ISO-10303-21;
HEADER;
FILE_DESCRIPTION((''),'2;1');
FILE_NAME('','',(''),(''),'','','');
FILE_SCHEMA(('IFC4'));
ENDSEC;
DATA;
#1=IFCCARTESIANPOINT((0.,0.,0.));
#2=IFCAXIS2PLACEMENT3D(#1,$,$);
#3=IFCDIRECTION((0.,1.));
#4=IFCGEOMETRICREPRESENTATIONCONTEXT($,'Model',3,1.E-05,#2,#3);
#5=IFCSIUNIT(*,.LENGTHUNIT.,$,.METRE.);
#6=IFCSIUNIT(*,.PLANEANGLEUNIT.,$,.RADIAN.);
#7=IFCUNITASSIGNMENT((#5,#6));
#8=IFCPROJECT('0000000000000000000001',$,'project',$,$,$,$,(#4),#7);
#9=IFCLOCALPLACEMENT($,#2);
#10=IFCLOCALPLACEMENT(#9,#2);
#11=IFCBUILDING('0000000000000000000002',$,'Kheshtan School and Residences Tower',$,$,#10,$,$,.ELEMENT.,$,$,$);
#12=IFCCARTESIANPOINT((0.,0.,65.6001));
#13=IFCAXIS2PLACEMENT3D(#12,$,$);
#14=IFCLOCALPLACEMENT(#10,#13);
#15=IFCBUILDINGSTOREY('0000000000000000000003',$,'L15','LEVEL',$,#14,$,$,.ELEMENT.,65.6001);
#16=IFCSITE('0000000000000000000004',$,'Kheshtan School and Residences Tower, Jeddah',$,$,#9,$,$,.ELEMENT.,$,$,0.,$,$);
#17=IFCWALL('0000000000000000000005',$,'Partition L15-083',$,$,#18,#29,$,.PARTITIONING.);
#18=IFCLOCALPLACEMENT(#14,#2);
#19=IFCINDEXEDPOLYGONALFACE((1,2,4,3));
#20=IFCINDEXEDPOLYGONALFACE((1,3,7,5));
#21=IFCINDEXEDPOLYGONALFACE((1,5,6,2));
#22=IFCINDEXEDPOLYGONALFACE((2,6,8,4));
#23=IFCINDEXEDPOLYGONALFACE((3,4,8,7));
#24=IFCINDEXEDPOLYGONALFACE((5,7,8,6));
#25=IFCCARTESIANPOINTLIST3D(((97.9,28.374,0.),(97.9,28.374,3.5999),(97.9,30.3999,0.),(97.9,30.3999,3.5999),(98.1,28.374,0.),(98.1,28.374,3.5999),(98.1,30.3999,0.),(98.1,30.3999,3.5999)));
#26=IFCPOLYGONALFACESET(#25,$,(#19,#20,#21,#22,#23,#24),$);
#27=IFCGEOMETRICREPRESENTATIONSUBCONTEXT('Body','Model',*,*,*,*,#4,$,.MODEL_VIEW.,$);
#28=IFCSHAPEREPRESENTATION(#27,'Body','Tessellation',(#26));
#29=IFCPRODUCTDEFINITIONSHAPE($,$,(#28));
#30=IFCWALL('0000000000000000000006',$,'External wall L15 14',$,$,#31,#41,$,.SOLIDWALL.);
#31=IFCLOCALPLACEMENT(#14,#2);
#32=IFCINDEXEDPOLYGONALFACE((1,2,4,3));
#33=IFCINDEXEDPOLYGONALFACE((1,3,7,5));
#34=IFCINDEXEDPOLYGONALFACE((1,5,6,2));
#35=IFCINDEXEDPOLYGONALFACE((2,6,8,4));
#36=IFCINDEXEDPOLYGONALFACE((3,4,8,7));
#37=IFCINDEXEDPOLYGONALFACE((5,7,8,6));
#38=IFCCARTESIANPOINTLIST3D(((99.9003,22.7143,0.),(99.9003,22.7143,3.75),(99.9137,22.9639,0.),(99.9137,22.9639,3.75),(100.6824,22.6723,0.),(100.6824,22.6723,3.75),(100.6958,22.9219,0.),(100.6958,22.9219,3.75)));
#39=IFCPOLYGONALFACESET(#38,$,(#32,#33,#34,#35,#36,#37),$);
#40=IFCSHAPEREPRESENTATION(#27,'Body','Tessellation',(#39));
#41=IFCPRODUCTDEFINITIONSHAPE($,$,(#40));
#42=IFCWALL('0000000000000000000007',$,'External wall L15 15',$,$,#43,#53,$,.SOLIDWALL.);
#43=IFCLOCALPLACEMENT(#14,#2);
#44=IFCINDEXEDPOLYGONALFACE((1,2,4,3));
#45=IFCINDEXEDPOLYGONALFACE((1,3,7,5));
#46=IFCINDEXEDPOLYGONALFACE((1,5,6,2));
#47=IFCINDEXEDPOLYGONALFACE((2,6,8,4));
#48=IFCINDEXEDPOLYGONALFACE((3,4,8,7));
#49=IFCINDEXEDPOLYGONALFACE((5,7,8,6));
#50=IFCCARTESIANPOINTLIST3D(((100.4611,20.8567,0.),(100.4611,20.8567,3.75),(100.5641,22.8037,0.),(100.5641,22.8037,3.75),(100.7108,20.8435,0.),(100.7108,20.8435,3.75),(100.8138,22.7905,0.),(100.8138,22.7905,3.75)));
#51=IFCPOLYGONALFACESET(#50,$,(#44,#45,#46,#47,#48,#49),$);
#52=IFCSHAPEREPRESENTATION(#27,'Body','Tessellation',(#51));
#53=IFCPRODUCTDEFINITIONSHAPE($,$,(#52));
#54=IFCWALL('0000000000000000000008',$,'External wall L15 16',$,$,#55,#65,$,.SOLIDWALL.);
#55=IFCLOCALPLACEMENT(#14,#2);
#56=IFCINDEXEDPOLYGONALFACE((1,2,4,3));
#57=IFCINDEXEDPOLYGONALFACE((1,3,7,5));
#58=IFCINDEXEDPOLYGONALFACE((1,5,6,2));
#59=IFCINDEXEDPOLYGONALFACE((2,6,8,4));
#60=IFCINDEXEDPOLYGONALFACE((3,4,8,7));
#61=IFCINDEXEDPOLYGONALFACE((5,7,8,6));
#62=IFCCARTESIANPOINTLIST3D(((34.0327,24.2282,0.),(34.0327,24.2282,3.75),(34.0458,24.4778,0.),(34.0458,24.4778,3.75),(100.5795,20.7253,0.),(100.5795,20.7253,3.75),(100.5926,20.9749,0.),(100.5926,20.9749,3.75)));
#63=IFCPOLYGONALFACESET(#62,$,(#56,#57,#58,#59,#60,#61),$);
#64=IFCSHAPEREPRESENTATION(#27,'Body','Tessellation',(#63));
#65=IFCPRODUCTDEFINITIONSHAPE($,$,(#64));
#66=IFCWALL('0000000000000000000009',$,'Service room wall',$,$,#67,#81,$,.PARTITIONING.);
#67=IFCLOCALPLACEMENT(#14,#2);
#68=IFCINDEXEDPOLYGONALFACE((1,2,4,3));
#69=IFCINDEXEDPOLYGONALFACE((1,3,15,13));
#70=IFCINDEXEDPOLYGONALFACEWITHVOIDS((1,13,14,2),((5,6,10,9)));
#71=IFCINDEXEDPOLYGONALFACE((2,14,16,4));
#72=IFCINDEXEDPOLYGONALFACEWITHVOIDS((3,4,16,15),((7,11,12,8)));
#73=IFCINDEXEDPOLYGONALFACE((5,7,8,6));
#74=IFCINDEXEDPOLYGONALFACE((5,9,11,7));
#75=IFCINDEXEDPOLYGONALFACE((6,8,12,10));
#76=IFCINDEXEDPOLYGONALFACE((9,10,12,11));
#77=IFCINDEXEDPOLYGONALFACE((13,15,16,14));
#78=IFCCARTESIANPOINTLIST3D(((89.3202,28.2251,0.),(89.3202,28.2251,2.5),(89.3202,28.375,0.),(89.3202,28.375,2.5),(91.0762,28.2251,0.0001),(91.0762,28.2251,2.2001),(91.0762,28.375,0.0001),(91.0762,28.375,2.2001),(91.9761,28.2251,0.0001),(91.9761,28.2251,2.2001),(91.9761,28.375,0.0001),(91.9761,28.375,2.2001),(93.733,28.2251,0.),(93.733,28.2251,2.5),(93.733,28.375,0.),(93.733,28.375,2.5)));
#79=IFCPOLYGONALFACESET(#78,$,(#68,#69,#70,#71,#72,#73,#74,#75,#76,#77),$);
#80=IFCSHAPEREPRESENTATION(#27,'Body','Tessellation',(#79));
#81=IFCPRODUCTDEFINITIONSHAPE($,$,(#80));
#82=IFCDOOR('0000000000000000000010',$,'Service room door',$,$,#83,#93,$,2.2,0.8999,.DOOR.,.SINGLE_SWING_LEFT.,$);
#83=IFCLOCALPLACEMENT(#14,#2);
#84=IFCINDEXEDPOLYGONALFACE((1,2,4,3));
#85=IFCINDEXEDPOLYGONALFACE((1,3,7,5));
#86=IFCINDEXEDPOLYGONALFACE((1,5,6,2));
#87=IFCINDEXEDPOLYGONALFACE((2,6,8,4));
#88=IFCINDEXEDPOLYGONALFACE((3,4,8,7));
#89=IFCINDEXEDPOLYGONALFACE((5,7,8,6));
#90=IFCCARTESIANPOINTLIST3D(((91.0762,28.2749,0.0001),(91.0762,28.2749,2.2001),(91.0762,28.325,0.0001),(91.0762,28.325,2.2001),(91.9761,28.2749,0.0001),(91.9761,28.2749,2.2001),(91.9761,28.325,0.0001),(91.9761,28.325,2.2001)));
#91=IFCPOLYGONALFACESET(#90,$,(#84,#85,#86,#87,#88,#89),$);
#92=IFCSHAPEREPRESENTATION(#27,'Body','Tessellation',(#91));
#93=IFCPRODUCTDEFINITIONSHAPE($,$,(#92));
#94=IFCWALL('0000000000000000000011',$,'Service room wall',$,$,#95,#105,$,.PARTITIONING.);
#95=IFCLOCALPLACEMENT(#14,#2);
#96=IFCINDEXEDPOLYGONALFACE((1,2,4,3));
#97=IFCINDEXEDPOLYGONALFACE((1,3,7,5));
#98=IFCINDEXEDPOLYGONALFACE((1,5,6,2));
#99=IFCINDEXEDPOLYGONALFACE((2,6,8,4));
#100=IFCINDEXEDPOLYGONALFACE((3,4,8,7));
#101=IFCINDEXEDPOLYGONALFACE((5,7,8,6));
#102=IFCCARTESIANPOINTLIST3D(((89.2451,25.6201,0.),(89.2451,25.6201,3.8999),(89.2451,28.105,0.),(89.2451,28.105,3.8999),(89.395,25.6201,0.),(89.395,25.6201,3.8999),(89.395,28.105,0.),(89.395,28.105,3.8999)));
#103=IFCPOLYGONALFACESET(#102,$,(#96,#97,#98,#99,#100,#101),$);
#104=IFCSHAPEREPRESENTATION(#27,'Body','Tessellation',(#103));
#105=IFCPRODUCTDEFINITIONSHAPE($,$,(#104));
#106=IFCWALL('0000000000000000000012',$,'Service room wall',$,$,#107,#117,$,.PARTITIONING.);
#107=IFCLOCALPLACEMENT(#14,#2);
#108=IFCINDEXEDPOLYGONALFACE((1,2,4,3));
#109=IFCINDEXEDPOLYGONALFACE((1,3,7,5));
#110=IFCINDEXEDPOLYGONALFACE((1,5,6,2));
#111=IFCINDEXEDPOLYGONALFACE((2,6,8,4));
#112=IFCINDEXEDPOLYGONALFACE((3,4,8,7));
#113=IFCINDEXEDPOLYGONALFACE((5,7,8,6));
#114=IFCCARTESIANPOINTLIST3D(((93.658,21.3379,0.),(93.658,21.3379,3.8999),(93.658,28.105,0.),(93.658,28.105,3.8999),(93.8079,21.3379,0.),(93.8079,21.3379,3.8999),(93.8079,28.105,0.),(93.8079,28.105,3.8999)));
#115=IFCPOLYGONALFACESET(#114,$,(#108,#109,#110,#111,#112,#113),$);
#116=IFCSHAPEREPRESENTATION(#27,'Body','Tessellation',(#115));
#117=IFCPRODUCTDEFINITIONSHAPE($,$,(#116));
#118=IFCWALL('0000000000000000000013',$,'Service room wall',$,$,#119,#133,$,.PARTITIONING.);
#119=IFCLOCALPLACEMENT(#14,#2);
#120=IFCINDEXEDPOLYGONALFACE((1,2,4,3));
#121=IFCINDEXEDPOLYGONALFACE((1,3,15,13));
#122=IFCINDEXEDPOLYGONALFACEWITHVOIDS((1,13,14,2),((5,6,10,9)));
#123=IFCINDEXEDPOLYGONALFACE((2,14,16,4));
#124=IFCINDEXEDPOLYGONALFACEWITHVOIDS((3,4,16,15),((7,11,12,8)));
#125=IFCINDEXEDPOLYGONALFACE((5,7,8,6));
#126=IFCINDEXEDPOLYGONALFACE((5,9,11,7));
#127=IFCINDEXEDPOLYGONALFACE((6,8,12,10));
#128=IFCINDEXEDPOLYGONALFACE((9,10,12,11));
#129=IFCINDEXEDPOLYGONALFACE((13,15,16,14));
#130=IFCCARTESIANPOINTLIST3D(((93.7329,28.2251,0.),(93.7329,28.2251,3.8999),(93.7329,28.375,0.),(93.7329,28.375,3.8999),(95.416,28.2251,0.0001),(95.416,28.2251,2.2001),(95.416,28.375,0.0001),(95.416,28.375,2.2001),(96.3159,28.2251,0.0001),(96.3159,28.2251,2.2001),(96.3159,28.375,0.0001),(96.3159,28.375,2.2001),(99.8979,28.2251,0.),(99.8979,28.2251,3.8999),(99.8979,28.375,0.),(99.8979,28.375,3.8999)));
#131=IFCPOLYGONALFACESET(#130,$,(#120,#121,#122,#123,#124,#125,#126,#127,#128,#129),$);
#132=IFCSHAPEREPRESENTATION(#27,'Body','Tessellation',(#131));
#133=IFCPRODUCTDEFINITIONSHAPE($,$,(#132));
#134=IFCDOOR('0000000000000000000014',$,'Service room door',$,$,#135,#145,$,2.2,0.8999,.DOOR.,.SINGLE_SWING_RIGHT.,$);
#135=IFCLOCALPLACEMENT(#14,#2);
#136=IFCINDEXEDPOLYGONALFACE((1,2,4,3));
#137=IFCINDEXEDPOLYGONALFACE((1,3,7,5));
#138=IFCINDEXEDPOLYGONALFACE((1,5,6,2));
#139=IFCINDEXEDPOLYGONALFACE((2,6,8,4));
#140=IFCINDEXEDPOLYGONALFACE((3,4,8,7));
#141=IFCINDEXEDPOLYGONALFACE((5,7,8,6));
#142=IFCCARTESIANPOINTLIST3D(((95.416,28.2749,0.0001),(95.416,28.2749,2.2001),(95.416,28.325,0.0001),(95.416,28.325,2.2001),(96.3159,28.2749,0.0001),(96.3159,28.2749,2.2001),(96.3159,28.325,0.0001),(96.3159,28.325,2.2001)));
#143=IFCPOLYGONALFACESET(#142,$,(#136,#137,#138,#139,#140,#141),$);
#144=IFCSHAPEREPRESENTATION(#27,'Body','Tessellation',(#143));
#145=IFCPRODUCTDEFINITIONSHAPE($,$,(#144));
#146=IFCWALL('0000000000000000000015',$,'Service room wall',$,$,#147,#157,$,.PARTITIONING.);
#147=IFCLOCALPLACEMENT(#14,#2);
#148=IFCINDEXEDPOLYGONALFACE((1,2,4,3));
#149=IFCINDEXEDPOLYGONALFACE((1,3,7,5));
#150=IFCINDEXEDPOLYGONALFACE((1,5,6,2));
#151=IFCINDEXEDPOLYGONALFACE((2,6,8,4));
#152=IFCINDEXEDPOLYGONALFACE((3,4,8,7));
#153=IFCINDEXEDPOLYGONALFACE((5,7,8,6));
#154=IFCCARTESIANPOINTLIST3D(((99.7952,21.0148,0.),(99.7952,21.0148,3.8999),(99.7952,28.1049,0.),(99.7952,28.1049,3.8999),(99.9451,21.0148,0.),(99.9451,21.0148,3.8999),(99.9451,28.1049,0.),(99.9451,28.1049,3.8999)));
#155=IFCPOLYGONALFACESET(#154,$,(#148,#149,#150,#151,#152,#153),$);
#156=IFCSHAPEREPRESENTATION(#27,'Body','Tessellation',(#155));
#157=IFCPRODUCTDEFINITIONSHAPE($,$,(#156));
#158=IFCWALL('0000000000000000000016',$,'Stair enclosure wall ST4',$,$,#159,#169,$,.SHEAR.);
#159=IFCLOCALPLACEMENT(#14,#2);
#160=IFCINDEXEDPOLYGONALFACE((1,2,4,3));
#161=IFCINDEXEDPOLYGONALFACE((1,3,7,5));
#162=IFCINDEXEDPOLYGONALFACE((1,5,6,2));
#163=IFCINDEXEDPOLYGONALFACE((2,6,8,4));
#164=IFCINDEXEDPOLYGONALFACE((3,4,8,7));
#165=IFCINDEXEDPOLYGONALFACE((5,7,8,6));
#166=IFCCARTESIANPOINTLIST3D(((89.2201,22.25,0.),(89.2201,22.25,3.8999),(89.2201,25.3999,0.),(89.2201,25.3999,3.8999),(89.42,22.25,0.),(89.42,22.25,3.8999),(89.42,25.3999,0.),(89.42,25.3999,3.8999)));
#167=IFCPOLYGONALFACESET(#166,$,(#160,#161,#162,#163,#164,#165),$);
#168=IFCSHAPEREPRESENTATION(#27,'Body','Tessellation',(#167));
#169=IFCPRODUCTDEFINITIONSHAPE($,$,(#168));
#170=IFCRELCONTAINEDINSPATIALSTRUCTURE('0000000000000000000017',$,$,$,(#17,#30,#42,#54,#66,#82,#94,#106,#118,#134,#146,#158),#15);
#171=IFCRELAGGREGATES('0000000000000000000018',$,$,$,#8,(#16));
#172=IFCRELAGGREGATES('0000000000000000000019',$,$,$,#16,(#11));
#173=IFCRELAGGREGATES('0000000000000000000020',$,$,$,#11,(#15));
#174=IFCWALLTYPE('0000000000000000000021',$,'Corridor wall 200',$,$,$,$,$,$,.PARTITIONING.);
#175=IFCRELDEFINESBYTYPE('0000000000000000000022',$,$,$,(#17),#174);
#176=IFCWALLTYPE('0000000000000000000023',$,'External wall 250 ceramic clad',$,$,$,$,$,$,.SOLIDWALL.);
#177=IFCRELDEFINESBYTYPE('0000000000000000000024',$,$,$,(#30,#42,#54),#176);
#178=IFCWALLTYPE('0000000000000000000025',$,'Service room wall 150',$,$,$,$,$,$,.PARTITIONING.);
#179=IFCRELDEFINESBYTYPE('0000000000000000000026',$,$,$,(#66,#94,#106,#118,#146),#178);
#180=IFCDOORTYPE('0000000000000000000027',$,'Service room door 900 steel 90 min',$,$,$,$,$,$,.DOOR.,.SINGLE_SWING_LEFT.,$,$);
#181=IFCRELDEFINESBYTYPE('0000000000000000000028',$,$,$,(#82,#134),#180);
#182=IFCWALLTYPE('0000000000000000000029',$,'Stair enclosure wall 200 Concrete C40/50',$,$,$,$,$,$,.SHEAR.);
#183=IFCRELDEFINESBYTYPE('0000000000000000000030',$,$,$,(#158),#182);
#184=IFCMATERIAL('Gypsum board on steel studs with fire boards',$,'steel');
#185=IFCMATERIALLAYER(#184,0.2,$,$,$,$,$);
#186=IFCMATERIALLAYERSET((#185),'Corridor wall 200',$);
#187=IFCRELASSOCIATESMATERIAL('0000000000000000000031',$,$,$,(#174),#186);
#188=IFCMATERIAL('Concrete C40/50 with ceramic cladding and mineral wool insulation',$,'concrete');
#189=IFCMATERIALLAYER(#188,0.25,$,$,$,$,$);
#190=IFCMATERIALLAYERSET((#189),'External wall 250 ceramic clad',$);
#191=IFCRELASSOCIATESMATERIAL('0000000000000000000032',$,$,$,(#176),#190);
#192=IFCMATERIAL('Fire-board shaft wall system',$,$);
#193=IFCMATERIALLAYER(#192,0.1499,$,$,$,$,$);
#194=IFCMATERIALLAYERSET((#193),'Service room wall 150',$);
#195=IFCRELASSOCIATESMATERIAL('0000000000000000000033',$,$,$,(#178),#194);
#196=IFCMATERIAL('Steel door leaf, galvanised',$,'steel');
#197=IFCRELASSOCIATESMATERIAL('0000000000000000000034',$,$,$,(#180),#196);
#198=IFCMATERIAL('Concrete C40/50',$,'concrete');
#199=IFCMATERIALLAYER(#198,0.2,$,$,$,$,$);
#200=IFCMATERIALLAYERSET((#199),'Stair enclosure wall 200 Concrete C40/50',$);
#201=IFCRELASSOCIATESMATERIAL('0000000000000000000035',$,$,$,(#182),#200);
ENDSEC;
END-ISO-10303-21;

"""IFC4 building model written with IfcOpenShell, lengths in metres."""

from ifc_helpers import new_model, si_unit, direction, frame, frame_2d, origin, place, context, subcontext, project, spatial, rectangle, extrude, source, transform, mapped, material, layer, layer_set, type_object, element, fill, save


model = new_model("IFC4")

# Units and contexts
model_context = context("Model", 3, precision=1e-05, world=origin(), true_north=direction((0.0, 1.0)))
body_context = subcontext(model_context, "Body", "Model", "MODEL_VIEW")
ifc_project = project(units=[si_unit("LENGTHUNIT", "METRE"), si_unit("PLANEANGLEUNIT", "RADIAN")], contexts=[model_context])

# Site, building, storey
site_placement = place(None, origin())
site = spatial("IfcSite", under=ifc_project, at=site_placement, Name="Kheshtan School and Residences Tower, Jeddah", CompositionType="ELEMENT", RefElevation=0.0)
building_placement = place(site_placement, origin())
building = spatial("IfcBuilding", under=site, at=building_placement, Name="Kheshtan School and Residences Tower", CompositionType="ELEMENT")
storey_placement = place(building_placement, frame((0.0, 0.0, 65.6001)))
storey = spatial("IfcBuildingStorey", under=building, at=storey_placement, Name="L15", Description="LEVEL", CompositionType="ELEMENT", Elevation=65.6001)

# Walls
ifc_material_1 = material(Name="Gypsum board on steel studs with fire boards", Category="steel")
ifc_layer_1 = layer(ifc_material_1, 0.2)
ifc_layer_set_1 = layer_set([ifc_layer_1], Name="Corridor wall 200")
wall_type_1 = type_object("IfcWallType", Name="Corridor wall 200", PredefinedType="PARTITIONING", material=ifc_layer_set_1)
wall_1_placement = place(storey_placement, frame((98.0, 28.374, 0.0), z_axis=(0.0, 0.0, 1.0), x_axis=(0.0, 1.0, 0.0)))
element("IfcWall", 1, at=wall_1_placement, inside=storey, type_object=wall_type_1, Name="Partition L15-083", PredefinedType="PARTITIONING", context=body_context, shape_type="SweptSolid", body=[
    extrude(rectangle(XDim=2.0259, YDim=0.2, at=frame_2d((1.0129, 0.0))), origin(), (0.0, 0.0, 1.0), 3.5999),
])
ifc_material_2 = material(Name="Concrete C40/50 with ceramic cladding and mineral wool insulation", Category="concrete")
ifc_layer_2 = layer(ifc_material_2, 0.25)
ifc_layer_set_2 = layer_set([ifc_layer_2], Name="External wall 250 ceramic clad")
wall_type_2 = type_object("IfcWallType", Name="External wall 250 ceramic clad", PredefinedType="SOLIDWALL", material=ifc_layer_set_2)
wall_2_placement = place(storey_placement, frame((99.907, 22.8391, 0.0), z_axis=(0.0, 0.0, 1.0), x_axis=(0.998561, -0.053622, 0.0)))
element("IfcWall", 2, at=wall_2_placement, inside=storey, type_object=wall_type_2, Name="External wall L15 14", PredefinedType="SOLIDWALL", context=body_context, shape_type="SweptSolid", body=[
    extrude(rectangle(XDim=0.7832, YDim=0.25, at=frame_2d((0.3916, 0.0))), origin(), (0.0, 0.0, 1.0), 3.75),
])
wall_3_placement = place(storey_placement, frame((100.689, 22.7971, 0.0), z_axis=(0.0, 0.0, 1.0), x_axis=(-0.052841, -0.998603, 0.0)))
element("IfcWall", 3, at=wall_3_placement, inside=storey, type_object=wall_type_2, Name="External wall L15 15", PredefinedType="SOLIDWALL", context=body_context, shape_type="SweptSolid", body=[
    extrude(rectangle(XDim=1.9497, YDim=0.25, at=frame_2d((0.9749, 0.0))), origin(), (0.0, 0.0, 1.0), 3.75),
])
wall_4_placement = place(storey_placement, frame((100.5859, 20.8501, 0.0), z_axis=(0.0, 0.0, 1.0), x_axis=(-0.998617, 0.052566, 0.0)))
element("IfcWall", 4, at=wall_4_placement, inside=storey, type_object=wall_type_2, Name="External wall L15 16", PredefinedType="SOLIDWALL", context=body_context, shape_type="SweptSolid", body=[
    extrude(rectangle(XDim=66.6389, YDim=0.25, at=frame_2d((33.3193, 0.0))), origin(), (0.0, 0.0, 1.0), 3.75),
])

# Wall, opening, door
ifc_material_3 = material(Name="Fire-board shaft wall system")
ifc_layer_3 = layer(ifc_material_3, 0.1499)
ifc_layer_set_3 = layer_set([ifc_layer_3], Name="Service room wall 150")
wall_type_3 = type_object("IfcWallType", Name="Service room wall 150", PredefinedType="PARTITIONING", material=ifc_layer_set_3)
wall_5_placement = place(storey_placement, frame((89.3201, 28.3, 0.0), z_axis=(0.0, 0.0, 1.0), x_axis=(1.0, 0.0, 0.0)))
wall_5 = element("IfcWall", 5, at=wall_5_placement, inside=storey, type_object=wall_type_3, Name="Service room wall", PredefinedType="PARTITIONING", context=body_context, shape_type="SweptSolid", body=[
    extrude(rectangle(XDim=4.4128, YDim=0.1499, at=frame_2d((2.2065, 0.0))), origin(), (0.0, 0.0, 1.0), 2.5),
])
opening_1_placement = place(wall_5_placement, frame((1.7561, 0.0, 0.0)))
opening_1 = element("IfcOpeningElement", 6, at=opening_1_placement, cuts=wall_5, PredefinedType="OPENING", context=body_context, shape_type="SweptSolid", body=[
    extrude(rectangle(XDim=0.8999, YDim=2.2, at=frame_2d((0.45, 1.1001))), frame((0.0, 0.085, 0.0), z_axis=(0.0, -1.0, 0.0), x_axis=(1.0, 0.0, 0.0)), (0.0, 0.0, 1.0), 0.1699),
])
ifc_material_4 = material(Name="Steel door leaf, galvanised", Category="steel")
door_type_1 = type_object("IfcDoorType", Name="Service room door 900 steel 90 min", OperationType="SINGLE_SWING_LEFT", PredefinedType="DOOR", material=ifc_material_4)
shared_shape_1 = source(origin(), body_context, "Body", "SweptSolid", [
    extrude(rectangle(XDim=0.8999, YDim=2.2, at=frame_2d((0.45, 1.1001))), frame((0.0, 0.0249, 0.0), z_axis=(0.0, -1.0, 0.0), x_axis=(1.0, 0.0, 0.0)), (0.0, 0.0, 1.0), 0.05),
])
door_1_placement = place(opening_1_placement, origin())
door_1 = element("IfcDoor", 7, at=door_1_placement, inside=storey, type_object=door_type_1, Name="Service room door", OperationType="SINGLE_SWING_LEFT", OverallHeight=2.2, OverallWidth=0.8999, PredefinedType="DOOR", context=body_context, shape_type="MappedRepresentation", body=[
    mapped(shared_shape_1, transform((0.0, 0.0, 0.0), x_axis=(1.0, 0.0, 0.0), y_axis=(0.0, 1.0, 0.0), z_axis=(0.0, 0.0, 1.0), scale=1.0)),
])
fill(opening_1, door_1)

# Walls
wall_6_placement = place(storey_placement, frame((89.3201, 25.6201, 0.0), z_axis=(0.0, 0.0, 1.0), x_axis=(0.0, 1.0, 0.0)))
element("IfcWall", 8, at=wall_6_placement, inside=storey, type_object=wall_type_3, Name="Service room wall", PredefinedType="PARTITIONING", context=body_context, shape_type="SweptSolid", body=[
    extrude(rectangle(XDim=2.4849, YDim=0.1499, at=frame_2d((1.2424, 0.0))), origin(), (0.0, 0.0, 1.0), 3.8999),
])
wall_7_placement = place(storey_placement, frame((93.7329, 21.3379, 0.0), z_axis=(0.0, 0.0, 1.0), x_axis=(0.0, 1.0, 0.0)))
element("IfcWall", 9, at=wall_7_placement, inside=storey, type_object=wall_type_3, Name="Service room wall", PredefinedType="PARTITIONING", context=body_context, shape_type="SweptSolid", body=[
    extrude(rectangle(XDim=6.7671, YDim=0.1499, at=frame_2d((3.3835, 0.0))), origin(), (0.0, 0.0, 1.0), 3.8999),
])

# Wall, opening, door
wall_8_placement = place(storey_placement, frame((93.7329, 28.3, 0.0), z_axis=(0.0, 0.0, 1.0), x_axis=(1.0, 0.0, 0.0)))
wall_8 = element("IfcWall", 10, at=wall_8_placement, inside=storey, type_object=wall_type_3, Name="Service room wall", PredefinedType="PARTITIONING", context=body_context, shape_type="SweptSolid", body=[
    extrude(rectangle(XDim=6.165, YDim=0.1499, at=frame_2d((3.0825, 0.0))), origin(), (0.0, 0.0, 1.0), 3.8999),
])
opening_2_placement = place(wall_8_placement, frame((1.6831, 0.0, 0.0)))
opening_2 = element("IfcOpeningElement", 11, at=opening_2_placement, cuts=wall_8, PredefinedType="OPENING", context=body_context, shape_type="SweptSolid", body=[
    extrude(rectangle(XDim=0.8999, YDim=2.2, at=frame_2d((0.45, 1.1001))), frame((0.0, 0.085, 0.0), z_axis=(0.0, -1.0, 0.0), x_axis=(1.0, 0.0, 0.0)), (0.0, 0.0, 1.0), 0.1699),
])
door_2_placement = place(opening_2_placement, origin())
door_2 = element("IfcDoor", 12, at=door_2_placement, inside=storey, type_object=door_type_1, Name="Service room door", OperationType="SINGLE_SWING_RIGHT", OverallHeight=2.2, OverallWidth=0.8999, PredefinedType="DOOR", context=body_context, shape_type="MappedRepresentation", body=[
    mapped(shared_shape_1, transform((0.0, 0.0, 0.0), x_axis=(1.0, 0.0, 0.0), y_axis=(0.0, 1.0, 0.0), z_axis=(0.0, 0.0, 1.0), scale=1.0)),
])
fill(opening_2, door_2)

# Walls
wall_9_placement = place(storey_placement, frame((99.8701, 21.0149, 0.0), z_axis=(0.0, 0.0, 1.0), x_axis=(0.0, 1.0, 0.0)))
element("IfcWall", 13, at=wall_9_placement, inside=storey, type_object=wall_type_3, Name="Service room wall", PredefinedType="PARTITIONING", context=body_context, shape_type="SweptSolid", body=[
    extrude(rectangle(XDim=7.0901, YDim=0.1499, at=frame_2d((3.5449, 0.0))), origin(), (0.0, 0.0, 1.0), 3.8999),
])
ifc_material_5 = material(Name="Concrete C40/50", Category="concrete")
ifc_layer_4 = layer(ifc_material_5, 0.2)
ifc_layer_set_4 = layer_set([ifc_layer_4], Name="Stair enclosure wall 200 Concrete C40/50")
wall_type_4 = type_object("IfcWallType", Name="Stair enclosure wall 200 Concrete C40/50", PredefinedType="SHEAR", material=ifc_layer_set_4)
wall_10_placement = place(storey_placement, frame((89.3201, 22.25, 0.0), z_axis=(0.0, 0.0, 1.0), x_axis=(0.0, 1.0, 0.0)))
element("IfcWall", 14, at=wall_10_placement, inside=storey, type_object=wall_type_4, Name="Stair enclosure wall ST4", PredefinedType="SHEAR", context=body_context, shape_type="SweptSolid", body=[
    extrude(rectangle(XDim=3.1499, YDim=0.2, at=frame_2d((1.575, 0.0))), origin(), (0.0, 0.0, 1.0), 3.8999),
])

save(model, "model.ifc")
